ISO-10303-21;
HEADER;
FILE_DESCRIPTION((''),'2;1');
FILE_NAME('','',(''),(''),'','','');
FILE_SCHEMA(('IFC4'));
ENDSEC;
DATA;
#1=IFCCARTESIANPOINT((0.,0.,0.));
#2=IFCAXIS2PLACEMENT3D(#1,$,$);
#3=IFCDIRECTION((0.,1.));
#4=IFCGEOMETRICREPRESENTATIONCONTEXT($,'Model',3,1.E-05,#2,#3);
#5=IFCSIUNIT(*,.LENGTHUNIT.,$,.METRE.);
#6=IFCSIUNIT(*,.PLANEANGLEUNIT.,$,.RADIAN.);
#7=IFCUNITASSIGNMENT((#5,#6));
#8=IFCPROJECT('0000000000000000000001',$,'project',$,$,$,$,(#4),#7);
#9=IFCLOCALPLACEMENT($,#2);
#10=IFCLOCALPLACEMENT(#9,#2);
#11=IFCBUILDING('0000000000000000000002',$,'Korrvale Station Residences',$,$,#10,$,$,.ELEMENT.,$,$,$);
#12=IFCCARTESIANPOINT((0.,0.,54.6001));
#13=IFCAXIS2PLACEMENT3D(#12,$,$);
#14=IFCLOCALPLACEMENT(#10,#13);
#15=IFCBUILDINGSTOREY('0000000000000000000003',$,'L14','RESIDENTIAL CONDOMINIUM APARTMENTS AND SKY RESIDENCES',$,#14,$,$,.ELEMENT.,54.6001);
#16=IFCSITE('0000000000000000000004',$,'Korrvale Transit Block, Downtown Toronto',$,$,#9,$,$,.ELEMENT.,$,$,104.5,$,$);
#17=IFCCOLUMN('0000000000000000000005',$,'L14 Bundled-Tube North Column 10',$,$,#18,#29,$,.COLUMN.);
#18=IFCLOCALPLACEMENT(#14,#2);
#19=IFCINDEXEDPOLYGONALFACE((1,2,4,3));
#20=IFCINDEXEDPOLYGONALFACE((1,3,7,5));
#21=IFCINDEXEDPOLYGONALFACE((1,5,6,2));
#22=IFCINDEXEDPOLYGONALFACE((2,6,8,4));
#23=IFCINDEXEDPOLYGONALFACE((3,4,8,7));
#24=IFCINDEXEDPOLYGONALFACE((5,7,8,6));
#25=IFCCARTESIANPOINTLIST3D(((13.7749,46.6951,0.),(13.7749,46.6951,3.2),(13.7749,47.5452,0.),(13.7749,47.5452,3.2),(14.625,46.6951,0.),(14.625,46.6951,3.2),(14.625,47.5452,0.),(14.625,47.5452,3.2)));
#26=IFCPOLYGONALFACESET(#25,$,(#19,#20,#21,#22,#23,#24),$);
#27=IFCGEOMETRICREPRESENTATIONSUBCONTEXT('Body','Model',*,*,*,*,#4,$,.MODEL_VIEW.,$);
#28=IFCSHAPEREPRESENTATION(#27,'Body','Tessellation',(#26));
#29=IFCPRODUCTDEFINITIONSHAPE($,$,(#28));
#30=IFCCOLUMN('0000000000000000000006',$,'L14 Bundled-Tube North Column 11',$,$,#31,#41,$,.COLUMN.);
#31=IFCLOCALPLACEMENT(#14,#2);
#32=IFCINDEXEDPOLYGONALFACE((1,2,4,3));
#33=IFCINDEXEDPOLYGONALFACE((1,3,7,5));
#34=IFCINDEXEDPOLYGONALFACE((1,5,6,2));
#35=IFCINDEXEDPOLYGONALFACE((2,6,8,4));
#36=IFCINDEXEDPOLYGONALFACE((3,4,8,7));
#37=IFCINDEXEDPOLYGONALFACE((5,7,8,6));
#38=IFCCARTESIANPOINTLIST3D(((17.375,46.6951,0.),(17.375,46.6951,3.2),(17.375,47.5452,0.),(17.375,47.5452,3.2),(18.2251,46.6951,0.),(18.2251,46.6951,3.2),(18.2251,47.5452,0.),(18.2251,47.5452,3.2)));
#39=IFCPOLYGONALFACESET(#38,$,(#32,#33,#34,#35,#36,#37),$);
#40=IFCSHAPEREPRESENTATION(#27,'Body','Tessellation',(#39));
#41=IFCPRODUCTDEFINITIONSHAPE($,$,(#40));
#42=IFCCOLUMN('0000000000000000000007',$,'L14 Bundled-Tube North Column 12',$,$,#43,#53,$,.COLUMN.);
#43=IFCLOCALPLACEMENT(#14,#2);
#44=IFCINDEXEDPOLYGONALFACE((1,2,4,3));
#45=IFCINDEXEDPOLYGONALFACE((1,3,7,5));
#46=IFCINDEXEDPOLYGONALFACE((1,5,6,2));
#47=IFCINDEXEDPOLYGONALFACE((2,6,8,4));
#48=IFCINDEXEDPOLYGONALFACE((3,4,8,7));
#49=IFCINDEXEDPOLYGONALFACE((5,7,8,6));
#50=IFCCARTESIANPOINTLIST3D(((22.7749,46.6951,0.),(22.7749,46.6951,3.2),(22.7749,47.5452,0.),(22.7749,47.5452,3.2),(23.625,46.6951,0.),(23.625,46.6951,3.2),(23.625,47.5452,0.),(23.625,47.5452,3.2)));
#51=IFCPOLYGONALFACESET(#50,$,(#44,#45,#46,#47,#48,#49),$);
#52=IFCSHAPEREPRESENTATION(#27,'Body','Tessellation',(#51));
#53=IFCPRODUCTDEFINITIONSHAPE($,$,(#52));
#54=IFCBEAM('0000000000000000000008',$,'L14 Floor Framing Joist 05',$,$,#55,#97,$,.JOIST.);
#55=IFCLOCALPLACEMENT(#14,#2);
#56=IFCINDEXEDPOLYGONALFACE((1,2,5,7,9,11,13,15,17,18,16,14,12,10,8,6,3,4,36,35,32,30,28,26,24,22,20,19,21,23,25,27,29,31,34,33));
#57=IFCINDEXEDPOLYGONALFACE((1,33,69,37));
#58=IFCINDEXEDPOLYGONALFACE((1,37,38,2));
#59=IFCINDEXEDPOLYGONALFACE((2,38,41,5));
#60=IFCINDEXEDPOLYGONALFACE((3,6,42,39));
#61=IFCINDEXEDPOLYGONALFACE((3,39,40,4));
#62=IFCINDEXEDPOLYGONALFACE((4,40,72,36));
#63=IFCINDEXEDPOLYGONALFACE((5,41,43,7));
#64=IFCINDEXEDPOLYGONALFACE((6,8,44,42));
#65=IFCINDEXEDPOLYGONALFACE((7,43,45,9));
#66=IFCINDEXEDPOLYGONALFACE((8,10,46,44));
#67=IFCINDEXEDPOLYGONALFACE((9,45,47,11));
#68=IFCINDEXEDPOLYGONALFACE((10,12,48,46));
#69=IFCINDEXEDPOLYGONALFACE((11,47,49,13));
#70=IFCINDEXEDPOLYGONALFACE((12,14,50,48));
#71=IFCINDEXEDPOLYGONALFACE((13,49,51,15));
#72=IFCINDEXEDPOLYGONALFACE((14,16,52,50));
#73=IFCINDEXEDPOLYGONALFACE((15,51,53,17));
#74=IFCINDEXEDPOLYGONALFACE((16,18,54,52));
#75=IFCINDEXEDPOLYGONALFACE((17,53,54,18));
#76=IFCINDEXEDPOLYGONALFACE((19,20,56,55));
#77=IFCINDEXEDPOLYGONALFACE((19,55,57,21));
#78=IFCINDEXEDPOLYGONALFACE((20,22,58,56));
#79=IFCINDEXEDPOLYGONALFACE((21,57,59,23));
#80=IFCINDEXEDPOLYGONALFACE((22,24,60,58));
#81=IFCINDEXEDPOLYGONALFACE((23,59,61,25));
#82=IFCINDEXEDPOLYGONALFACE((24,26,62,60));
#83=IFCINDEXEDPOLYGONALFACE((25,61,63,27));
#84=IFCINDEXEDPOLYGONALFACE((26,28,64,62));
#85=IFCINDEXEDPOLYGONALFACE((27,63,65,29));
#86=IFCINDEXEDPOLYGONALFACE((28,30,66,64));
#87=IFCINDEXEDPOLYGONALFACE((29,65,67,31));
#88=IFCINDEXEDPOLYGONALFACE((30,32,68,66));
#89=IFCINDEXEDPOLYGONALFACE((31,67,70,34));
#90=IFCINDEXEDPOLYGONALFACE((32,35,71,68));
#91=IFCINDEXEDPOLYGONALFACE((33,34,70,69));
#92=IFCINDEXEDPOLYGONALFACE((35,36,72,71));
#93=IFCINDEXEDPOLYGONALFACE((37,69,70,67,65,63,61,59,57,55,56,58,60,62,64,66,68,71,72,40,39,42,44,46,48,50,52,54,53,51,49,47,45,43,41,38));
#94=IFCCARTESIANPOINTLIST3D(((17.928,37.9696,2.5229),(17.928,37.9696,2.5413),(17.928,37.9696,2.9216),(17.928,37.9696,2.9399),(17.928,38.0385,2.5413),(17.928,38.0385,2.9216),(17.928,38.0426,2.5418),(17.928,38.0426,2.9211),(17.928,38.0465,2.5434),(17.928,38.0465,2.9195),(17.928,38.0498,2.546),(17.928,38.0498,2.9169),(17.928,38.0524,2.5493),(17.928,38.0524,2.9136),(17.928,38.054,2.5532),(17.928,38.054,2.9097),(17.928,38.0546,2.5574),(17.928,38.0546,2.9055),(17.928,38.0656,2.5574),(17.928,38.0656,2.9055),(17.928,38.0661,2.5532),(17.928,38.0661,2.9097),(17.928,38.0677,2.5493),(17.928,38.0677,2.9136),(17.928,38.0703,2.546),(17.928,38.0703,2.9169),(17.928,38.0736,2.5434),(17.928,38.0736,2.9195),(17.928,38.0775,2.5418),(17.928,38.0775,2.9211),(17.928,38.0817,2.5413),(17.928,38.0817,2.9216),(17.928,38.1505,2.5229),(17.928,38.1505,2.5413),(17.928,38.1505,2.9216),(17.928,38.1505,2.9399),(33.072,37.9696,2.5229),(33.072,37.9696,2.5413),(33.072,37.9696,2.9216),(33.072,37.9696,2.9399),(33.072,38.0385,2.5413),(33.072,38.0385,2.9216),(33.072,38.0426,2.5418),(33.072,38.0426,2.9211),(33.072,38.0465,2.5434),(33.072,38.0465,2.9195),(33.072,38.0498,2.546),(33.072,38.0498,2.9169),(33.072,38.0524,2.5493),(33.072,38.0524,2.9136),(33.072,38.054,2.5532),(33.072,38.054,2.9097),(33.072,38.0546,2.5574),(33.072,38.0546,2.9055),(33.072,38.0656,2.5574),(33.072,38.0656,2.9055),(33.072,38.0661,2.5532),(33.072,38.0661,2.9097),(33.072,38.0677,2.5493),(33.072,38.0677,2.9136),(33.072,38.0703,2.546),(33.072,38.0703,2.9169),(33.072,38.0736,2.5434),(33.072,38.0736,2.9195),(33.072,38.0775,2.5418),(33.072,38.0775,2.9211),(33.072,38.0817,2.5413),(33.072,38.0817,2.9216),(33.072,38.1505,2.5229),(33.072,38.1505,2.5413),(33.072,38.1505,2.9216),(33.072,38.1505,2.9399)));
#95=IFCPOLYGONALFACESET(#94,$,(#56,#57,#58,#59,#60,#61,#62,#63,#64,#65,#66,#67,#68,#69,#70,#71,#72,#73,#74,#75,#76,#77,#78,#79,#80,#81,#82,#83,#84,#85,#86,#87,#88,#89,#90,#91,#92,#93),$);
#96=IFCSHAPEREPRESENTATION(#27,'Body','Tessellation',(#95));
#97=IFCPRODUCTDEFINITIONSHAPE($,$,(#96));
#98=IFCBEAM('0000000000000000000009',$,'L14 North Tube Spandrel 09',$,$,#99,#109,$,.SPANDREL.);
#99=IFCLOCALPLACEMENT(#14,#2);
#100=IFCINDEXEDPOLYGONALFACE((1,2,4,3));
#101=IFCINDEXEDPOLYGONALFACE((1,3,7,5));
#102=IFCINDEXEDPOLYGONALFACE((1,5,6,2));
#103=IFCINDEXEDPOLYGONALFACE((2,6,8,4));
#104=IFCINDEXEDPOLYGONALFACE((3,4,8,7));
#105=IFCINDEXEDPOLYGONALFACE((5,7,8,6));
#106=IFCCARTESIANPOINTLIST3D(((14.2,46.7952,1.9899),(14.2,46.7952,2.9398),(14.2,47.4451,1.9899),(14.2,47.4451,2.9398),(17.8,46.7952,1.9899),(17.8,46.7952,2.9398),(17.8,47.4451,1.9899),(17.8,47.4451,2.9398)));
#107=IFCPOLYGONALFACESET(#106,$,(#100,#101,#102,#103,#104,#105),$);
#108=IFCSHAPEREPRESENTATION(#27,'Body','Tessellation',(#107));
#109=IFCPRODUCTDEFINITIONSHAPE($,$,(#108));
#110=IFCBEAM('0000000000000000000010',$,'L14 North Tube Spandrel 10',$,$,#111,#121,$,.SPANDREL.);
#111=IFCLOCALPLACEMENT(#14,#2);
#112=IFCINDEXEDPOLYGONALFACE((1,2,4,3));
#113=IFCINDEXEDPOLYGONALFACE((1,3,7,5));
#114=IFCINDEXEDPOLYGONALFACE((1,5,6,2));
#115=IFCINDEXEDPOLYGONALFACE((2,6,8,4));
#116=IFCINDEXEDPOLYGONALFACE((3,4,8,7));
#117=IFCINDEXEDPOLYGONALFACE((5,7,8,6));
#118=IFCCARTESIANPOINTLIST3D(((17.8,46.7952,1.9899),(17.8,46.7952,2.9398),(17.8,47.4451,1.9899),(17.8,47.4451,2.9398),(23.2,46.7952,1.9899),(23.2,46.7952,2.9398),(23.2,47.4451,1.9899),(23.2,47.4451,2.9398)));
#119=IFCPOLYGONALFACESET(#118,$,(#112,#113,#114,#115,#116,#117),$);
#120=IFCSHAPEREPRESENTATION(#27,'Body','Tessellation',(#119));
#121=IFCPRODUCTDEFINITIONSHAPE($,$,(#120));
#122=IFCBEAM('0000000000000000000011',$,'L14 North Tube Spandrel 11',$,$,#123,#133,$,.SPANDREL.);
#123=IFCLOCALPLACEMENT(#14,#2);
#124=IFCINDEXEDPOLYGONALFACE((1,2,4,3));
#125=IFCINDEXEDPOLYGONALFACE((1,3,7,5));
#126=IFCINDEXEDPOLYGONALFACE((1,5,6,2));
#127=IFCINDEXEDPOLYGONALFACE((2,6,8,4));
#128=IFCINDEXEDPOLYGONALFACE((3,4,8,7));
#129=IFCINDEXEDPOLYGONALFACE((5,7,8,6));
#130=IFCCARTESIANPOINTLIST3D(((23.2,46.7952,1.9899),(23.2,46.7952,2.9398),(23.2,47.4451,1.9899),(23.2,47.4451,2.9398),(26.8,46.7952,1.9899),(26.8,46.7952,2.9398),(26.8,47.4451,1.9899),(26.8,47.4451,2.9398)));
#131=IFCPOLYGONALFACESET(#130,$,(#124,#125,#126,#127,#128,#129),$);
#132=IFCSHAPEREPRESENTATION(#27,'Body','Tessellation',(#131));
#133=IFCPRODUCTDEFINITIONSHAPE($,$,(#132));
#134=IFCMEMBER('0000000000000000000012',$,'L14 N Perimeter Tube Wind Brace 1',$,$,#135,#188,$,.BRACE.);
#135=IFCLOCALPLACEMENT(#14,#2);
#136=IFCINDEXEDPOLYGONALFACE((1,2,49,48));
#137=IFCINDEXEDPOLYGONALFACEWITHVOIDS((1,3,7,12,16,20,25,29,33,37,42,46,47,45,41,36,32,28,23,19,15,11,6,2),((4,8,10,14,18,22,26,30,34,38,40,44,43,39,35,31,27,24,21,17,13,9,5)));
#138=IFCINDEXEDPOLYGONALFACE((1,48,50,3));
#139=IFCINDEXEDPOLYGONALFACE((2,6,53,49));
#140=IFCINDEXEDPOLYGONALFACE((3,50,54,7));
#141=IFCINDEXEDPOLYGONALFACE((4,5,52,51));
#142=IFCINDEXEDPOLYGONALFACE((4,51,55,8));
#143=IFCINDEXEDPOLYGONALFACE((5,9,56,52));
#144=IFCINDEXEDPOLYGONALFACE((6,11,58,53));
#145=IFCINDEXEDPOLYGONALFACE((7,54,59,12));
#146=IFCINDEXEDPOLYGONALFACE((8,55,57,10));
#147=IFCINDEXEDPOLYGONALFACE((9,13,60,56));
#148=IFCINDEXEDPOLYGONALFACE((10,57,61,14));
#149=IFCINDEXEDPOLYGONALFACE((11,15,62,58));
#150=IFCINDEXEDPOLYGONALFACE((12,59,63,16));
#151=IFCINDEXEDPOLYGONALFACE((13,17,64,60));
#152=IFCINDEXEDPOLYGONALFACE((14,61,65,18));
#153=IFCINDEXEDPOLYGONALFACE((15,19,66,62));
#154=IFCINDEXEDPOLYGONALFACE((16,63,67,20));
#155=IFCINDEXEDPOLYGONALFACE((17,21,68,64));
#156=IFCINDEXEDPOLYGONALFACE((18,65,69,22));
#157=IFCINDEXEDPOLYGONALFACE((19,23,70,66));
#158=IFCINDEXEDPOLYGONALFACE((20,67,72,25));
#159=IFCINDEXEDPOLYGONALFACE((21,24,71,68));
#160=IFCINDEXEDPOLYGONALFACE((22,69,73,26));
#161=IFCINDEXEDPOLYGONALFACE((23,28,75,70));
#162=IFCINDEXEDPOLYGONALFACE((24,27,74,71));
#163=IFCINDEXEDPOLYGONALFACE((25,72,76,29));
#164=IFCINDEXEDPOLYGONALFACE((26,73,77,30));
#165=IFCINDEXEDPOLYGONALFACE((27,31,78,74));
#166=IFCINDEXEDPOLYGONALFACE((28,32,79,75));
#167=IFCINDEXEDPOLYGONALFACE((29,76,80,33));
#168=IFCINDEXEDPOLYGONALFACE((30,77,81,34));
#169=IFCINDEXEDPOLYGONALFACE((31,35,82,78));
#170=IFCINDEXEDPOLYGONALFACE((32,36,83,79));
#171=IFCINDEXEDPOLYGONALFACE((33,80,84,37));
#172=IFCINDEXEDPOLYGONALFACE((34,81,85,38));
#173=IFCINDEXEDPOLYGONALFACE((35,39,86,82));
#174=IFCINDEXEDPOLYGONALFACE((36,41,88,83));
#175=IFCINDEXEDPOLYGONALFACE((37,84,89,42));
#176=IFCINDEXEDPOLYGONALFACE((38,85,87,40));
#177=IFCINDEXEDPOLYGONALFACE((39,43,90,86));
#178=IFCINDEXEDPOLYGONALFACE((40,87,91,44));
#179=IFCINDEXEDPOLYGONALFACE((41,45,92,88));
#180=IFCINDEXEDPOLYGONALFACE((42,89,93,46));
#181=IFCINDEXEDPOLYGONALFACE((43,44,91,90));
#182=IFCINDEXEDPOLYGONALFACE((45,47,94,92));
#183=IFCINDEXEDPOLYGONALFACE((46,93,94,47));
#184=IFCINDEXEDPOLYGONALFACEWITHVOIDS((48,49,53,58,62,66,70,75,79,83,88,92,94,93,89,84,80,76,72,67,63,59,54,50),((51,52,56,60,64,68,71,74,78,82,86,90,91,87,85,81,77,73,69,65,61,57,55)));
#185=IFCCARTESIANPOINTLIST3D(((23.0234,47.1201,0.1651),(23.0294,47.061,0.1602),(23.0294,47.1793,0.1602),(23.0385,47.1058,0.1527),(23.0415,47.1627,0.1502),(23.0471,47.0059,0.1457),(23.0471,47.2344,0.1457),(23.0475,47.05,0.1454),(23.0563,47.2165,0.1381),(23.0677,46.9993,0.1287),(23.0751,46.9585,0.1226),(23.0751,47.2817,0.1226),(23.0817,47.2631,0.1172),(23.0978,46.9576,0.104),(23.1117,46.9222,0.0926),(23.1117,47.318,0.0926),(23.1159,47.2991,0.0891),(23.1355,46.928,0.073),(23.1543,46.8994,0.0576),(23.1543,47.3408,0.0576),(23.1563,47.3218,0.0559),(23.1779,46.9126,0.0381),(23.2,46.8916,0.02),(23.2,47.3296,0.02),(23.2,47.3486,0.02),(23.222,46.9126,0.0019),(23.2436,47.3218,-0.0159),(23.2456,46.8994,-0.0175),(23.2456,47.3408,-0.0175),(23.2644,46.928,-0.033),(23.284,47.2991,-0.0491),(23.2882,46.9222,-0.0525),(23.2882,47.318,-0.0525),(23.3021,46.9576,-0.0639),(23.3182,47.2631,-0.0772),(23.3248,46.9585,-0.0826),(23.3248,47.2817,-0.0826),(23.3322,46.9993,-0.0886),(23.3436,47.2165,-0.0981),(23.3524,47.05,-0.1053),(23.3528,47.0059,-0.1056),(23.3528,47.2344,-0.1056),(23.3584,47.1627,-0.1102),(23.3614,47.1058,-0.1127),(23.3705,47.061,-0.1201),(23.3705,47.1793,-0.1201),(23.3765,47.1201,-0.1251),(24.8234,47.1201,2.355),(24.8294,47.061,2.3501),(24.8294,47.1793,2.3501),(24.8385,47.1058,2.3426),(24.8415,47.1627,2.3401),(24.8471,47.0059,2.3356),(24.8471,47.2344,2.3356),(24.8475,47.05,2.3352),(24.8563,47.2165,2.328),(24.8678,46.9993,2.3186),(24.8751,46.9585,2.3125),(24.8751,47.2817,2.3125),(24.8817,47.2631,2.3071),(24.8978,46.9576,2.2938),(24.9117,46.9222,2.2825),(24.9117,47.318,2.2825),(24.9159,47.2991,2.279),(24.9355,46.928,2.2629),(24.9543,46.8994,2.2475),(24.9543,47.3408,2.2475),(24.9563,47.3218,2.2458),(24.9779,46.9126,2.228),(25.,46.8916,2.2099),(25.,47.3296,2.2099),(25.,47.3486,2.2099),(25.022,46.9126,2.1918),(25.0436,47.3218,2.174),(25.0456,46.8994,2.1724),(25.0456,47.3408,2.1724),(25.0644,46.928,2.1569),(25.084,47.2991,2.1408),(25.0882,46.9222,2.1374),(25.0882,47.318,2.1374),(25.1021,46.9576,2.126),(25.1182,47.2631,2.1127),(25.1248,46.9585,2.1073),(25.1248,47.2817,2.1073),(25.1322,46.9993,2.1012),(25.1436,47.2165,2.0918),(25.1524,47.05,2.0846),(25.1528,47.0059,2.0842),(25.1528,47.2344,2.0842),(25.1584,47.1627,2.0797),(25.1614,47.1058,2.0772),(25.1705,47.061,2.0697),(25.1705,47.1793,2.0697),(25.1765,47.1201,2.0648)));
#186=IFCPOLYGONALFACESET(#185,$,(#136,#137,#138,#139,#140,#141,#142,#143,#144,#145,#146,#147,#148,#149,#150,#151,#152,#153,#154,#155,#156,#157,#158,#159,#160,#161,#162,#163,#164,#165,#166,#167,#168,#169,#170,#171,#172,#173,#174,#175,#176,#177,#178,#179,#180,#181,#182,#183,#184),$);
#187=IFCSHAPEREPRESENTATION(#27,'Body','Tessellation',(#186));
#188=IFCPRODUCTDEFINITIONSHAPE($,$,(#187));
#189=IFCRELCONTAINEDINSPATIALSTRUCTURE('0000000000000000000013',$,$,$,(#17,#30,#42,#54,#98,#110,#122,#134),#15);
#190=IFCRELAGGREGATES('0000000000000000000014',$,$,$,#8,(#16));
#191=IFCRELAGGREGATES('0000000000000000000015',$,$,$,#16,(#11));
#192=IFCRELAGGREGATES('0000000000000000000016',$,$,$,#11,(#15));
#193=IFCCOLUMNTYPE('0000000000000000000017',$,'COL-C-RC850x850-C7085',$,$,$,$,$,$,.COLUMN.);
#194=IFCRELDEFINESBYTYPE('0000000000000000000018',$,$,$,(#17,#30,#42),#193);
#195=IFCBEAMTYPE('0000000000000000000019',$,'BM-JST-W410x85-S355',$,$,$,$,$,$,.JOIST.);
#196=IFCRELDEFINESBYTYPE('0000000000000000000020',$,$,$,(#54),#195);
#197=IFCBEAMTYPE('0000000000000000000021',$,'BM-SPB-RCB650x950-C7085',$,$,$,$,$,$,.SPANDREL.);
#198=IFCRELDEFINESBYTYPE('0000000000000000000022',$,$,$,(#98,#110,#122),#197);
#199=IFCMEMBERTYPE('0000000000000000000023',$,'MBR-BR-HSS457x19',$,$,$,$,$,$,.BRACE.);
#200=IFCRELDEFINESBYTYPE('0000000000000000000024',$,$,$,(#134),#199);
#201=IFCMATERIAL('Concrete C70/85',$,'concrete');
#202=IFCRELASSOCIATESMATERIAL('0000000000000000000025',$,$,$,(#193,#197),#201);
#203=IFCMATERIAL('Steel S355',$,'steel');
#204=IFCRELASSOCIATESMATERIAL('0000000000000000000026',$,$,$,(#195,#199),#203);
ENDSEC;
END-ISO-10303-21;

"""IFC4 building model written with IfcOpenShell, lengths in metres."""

from ifc_helpers import new_model, si_unit, direction, frame, origin, origin_2d, place, context, subcontext, project, spatial, rectangle, hollow_circle, i_section, extrude, material, material_profile, profile_set, type_object, element, save


model = new_model("IFC4")

# Units and contexts
model_context = context("Model", 3, precision=1e-05, world=origin(), true_north=direction((0.0, 1.0)))
body_context = subcontext(model_context, "Body", "Model", "MODEL_VIEW")
ifc_project = project(units=[si_unit("LENGTHUNIT", "METRE"), si_unit("PLANEANGLEUNIT", "RADIAN")], contexts=[model_context])

# Site, building, storey
site_placement = place(None, origin())
site = spatial("IfcSite", under=ifc_project, at=site_placement, Name="Korrvale Transit Block, Downtown Toronto", CompositionType="ELEMENT", RefElevation=104.5)
building_placement = place(site_placement, origin())
building = spatial("IfcBuilding", under=site, at=building_placement, Name="Korrvale Station Residences", CompositionType="ELEMENT")
storey_placement = place(building_placement, frame((0.0, 0.0, 54.6001)))
storey = spatial("IfcBuildingStorey", under=building, at=storey_placement, Name="L14", Description="RESIDENTIAL CONDOMINIUM APARTMENTS AND SKY RESIDENCES", CompositionType="ELEMENT", Elevation=54.6001)

# Columns
ifc_material_1 = material(Name="Concrete C70/85", Category="concrete")
ifc_material_profile_1 = material_profile(ifc_material_1, rectangle(XDim=0.8501, YDim=0.8501, at=origin_2d()), Name="RC850x850")
ifc_profile_set_1 = profile_set([ifc_material_profile_1], Name="Concrete C70/85")
column_type = type_object("IfcColumnType", Name="COL-C-RC850x850-C7085", PredefinedType="COLUMN", material=ifc_profile_set_1)
for number, where, z_axis, x_axis, name in (
    (1, (14.2, 47.1201, 0.0), (0.0, 0.0, 1.0), (1.0, 0.0, 0.0), "L14 Bundled-Tube North Column 10"),
    (2, (17.8, 47.1201, 0.0), (0.0, 0.0, 1.0), (1.0, 0.0, 0.0), "L14 Bundled-Tube North Column 11"),
    (3, (23.2, 47.1201, 0.0), (0.0, 0.0, 1.0), (1.0, 0.0, 0.0), "L14 Bundled-Tube North Column 12"),
):
    element("IfcColumn", number, at=place(storey_placement, frame(where, z_axis=z_axis, x_axis=x_axis)), inside=storey, type_object=column_type, Name=name, PredefinedType="COLUMN", context=body_context, shape_type="SweptSolid", body=[
        extrude(rectangle(XDim=0.8501, YDim=0.8501, at=origin_2d()), origin(), (0.0, 0.0, 1.0), 3.2),
    ])

# Beams
ifc_material_2 = material(Name="Steel S355", Category="steel")
ifc_material_profile_2 = material_profile(ifc_material_2, i_section(OverallWidth=0.1809, OverallDepth=0.417, WebThickness=0.011, FlangeThickness=0.0183, FilletRadius=0.0161, at=origin_2d()), Name="W410x85")
ifc_profile_set_2 = profile_set([ifc_material_profile_2], Name="Steel S355")
beam_type_1 = type_object("IfcBeamType", Name="BM-JST-W410x85-S355", PredefinedType="JOIST", material=ifc_profile_set_2)
beam_1_placement = place(storey_placement, frame((17.928, 38.0601, 2.7314), z_axis=(1.0, 0.0, 0.0), x_axis=(0.0, 1.0, 0.0)))
element("IfcBeam", 4, at=beam_1_placement, inside=storey, type_object=beam_type_1, Name="L14 Floor Framing Joist 05", PredefinedType="JOIST", context=body_context, shape_type="SweptSolid", body=[
    extrude(i_section(OverallWidth=0.1809, OverallDepth=0.417, WebThickness=0.011, FlangeThickness=0.0183, FilletRadius=0.0161, at=origin_2d()), origin(), (0.0, 0.0, 1.0), 15.144),
])
ifc_material_profile_3 = material_profile(ifc_material_1, rectangle(XDim=0.6499, YDim=0.95, at=origin_2d()), Name="RCB650x950")
ifc_profile_set_3 = profile_set([ifc_material_profile_3], Name="Concrete C70/85")
beam_type_2 = type_object("IfcBeamType", Name="BM-SPB-RCB650x950-C7085", PredefinedType="SPANDREL", material=ifc_profile_set_3)
beam_2_placement = place(storey_placement, frame((14.2, 47.1201, 2.4648), z_axis=(1.0, 0.0, 0.0), x_axis=(0.0, 1.0, 0.0)))
element("IfcBeam", 5, at=beam_2_placement, inside=storey, type_object=beam_type_2, Name="L14 North Tube Spandrel 09", PredefinedType="SPANDREL", context=body_context, shape_type="SweptSolid", body=[
    extrude(rectangle(XDim=0.6499, YDim=0.95, at=origin_2d()), origin(), (0.0, 0.0, 1.0), 3.6001),
])
beam_3_placement = place(storey_placement, frame((17.8, 47.1201, 2.4648), z_axis=(1.0, 0.0, 0.0), x_axis=(0.0, 1.0, 0.0)))
element("IfcBeam", 6, at=beam_3_placement, inside=storey, type_object=beam_type_2, Name="L14 North Tube Spandrel 10", PredefinedType="SPANDREL", context=body_context, shape_type="SweptSolid", body=[
    extrude(rectangle(XDim=0.6499, YDim=0.95, at=origin_2d()), origin(), (0.0, 0.0, 1.0), 5.3999),
])
beam_4_placement = place(storey_placement, frame((23.2, 47.1201, 2.4648), z_axis=(1.0, 0.0, 0.0), x_axis=(0.0, 1.0, 0.0)))
element("IfcBeam", 7, at=beam_4_placement, inside=storey, type_object=beam_type_2, Name="L14 North Tube Spandrel 11", PredefinedType="SPANDREL", context=body_context, shape_type="SweptSolid", body=[
    extrude(rectangle(XDim=0.6499, YDim=0.95, at=origin_2d()), origin(), (0.0, 0.0, 1.0), 3.6001),
])

# Member
ifc_material_profile_4 = material_profile(ifc_material_2, hollow_circle(Radius=0.2285, WallThickness=0.019, at=origin_2d()), Name="HSS457x19")
ifc_profile_set_4 = profile_set([ifc_material_profile_4], Name="Steel S355")
member_type = type_object("IfcMemberType", Name="MBR-BR-HSS457x19", PredefinedType="BRACE", material=ifc_profile_set_4)
member_placement = place(storey_placement, frame((23.2, 47.1201, 0.02), z_axis=(0.634985, 0.0, 0.772524), x_axis=(0.0, 1.0, 0.0)))
element("IfcMember", 8, at=member_placement, inside=storey, type_object=member_type, Name="L14 N Perimeter Tube Wind Brace 1", PredefinedType="BRACE", context=body_context, shape_type="SweptSolid", body=[
    extrude(hollow_circle(Radius=0.2285, WallThickness=0.019, at=origin_2d()), origin(), (0.0, 0.0, 1.0), 2.8347),
])

save(model, "model.ifc")
